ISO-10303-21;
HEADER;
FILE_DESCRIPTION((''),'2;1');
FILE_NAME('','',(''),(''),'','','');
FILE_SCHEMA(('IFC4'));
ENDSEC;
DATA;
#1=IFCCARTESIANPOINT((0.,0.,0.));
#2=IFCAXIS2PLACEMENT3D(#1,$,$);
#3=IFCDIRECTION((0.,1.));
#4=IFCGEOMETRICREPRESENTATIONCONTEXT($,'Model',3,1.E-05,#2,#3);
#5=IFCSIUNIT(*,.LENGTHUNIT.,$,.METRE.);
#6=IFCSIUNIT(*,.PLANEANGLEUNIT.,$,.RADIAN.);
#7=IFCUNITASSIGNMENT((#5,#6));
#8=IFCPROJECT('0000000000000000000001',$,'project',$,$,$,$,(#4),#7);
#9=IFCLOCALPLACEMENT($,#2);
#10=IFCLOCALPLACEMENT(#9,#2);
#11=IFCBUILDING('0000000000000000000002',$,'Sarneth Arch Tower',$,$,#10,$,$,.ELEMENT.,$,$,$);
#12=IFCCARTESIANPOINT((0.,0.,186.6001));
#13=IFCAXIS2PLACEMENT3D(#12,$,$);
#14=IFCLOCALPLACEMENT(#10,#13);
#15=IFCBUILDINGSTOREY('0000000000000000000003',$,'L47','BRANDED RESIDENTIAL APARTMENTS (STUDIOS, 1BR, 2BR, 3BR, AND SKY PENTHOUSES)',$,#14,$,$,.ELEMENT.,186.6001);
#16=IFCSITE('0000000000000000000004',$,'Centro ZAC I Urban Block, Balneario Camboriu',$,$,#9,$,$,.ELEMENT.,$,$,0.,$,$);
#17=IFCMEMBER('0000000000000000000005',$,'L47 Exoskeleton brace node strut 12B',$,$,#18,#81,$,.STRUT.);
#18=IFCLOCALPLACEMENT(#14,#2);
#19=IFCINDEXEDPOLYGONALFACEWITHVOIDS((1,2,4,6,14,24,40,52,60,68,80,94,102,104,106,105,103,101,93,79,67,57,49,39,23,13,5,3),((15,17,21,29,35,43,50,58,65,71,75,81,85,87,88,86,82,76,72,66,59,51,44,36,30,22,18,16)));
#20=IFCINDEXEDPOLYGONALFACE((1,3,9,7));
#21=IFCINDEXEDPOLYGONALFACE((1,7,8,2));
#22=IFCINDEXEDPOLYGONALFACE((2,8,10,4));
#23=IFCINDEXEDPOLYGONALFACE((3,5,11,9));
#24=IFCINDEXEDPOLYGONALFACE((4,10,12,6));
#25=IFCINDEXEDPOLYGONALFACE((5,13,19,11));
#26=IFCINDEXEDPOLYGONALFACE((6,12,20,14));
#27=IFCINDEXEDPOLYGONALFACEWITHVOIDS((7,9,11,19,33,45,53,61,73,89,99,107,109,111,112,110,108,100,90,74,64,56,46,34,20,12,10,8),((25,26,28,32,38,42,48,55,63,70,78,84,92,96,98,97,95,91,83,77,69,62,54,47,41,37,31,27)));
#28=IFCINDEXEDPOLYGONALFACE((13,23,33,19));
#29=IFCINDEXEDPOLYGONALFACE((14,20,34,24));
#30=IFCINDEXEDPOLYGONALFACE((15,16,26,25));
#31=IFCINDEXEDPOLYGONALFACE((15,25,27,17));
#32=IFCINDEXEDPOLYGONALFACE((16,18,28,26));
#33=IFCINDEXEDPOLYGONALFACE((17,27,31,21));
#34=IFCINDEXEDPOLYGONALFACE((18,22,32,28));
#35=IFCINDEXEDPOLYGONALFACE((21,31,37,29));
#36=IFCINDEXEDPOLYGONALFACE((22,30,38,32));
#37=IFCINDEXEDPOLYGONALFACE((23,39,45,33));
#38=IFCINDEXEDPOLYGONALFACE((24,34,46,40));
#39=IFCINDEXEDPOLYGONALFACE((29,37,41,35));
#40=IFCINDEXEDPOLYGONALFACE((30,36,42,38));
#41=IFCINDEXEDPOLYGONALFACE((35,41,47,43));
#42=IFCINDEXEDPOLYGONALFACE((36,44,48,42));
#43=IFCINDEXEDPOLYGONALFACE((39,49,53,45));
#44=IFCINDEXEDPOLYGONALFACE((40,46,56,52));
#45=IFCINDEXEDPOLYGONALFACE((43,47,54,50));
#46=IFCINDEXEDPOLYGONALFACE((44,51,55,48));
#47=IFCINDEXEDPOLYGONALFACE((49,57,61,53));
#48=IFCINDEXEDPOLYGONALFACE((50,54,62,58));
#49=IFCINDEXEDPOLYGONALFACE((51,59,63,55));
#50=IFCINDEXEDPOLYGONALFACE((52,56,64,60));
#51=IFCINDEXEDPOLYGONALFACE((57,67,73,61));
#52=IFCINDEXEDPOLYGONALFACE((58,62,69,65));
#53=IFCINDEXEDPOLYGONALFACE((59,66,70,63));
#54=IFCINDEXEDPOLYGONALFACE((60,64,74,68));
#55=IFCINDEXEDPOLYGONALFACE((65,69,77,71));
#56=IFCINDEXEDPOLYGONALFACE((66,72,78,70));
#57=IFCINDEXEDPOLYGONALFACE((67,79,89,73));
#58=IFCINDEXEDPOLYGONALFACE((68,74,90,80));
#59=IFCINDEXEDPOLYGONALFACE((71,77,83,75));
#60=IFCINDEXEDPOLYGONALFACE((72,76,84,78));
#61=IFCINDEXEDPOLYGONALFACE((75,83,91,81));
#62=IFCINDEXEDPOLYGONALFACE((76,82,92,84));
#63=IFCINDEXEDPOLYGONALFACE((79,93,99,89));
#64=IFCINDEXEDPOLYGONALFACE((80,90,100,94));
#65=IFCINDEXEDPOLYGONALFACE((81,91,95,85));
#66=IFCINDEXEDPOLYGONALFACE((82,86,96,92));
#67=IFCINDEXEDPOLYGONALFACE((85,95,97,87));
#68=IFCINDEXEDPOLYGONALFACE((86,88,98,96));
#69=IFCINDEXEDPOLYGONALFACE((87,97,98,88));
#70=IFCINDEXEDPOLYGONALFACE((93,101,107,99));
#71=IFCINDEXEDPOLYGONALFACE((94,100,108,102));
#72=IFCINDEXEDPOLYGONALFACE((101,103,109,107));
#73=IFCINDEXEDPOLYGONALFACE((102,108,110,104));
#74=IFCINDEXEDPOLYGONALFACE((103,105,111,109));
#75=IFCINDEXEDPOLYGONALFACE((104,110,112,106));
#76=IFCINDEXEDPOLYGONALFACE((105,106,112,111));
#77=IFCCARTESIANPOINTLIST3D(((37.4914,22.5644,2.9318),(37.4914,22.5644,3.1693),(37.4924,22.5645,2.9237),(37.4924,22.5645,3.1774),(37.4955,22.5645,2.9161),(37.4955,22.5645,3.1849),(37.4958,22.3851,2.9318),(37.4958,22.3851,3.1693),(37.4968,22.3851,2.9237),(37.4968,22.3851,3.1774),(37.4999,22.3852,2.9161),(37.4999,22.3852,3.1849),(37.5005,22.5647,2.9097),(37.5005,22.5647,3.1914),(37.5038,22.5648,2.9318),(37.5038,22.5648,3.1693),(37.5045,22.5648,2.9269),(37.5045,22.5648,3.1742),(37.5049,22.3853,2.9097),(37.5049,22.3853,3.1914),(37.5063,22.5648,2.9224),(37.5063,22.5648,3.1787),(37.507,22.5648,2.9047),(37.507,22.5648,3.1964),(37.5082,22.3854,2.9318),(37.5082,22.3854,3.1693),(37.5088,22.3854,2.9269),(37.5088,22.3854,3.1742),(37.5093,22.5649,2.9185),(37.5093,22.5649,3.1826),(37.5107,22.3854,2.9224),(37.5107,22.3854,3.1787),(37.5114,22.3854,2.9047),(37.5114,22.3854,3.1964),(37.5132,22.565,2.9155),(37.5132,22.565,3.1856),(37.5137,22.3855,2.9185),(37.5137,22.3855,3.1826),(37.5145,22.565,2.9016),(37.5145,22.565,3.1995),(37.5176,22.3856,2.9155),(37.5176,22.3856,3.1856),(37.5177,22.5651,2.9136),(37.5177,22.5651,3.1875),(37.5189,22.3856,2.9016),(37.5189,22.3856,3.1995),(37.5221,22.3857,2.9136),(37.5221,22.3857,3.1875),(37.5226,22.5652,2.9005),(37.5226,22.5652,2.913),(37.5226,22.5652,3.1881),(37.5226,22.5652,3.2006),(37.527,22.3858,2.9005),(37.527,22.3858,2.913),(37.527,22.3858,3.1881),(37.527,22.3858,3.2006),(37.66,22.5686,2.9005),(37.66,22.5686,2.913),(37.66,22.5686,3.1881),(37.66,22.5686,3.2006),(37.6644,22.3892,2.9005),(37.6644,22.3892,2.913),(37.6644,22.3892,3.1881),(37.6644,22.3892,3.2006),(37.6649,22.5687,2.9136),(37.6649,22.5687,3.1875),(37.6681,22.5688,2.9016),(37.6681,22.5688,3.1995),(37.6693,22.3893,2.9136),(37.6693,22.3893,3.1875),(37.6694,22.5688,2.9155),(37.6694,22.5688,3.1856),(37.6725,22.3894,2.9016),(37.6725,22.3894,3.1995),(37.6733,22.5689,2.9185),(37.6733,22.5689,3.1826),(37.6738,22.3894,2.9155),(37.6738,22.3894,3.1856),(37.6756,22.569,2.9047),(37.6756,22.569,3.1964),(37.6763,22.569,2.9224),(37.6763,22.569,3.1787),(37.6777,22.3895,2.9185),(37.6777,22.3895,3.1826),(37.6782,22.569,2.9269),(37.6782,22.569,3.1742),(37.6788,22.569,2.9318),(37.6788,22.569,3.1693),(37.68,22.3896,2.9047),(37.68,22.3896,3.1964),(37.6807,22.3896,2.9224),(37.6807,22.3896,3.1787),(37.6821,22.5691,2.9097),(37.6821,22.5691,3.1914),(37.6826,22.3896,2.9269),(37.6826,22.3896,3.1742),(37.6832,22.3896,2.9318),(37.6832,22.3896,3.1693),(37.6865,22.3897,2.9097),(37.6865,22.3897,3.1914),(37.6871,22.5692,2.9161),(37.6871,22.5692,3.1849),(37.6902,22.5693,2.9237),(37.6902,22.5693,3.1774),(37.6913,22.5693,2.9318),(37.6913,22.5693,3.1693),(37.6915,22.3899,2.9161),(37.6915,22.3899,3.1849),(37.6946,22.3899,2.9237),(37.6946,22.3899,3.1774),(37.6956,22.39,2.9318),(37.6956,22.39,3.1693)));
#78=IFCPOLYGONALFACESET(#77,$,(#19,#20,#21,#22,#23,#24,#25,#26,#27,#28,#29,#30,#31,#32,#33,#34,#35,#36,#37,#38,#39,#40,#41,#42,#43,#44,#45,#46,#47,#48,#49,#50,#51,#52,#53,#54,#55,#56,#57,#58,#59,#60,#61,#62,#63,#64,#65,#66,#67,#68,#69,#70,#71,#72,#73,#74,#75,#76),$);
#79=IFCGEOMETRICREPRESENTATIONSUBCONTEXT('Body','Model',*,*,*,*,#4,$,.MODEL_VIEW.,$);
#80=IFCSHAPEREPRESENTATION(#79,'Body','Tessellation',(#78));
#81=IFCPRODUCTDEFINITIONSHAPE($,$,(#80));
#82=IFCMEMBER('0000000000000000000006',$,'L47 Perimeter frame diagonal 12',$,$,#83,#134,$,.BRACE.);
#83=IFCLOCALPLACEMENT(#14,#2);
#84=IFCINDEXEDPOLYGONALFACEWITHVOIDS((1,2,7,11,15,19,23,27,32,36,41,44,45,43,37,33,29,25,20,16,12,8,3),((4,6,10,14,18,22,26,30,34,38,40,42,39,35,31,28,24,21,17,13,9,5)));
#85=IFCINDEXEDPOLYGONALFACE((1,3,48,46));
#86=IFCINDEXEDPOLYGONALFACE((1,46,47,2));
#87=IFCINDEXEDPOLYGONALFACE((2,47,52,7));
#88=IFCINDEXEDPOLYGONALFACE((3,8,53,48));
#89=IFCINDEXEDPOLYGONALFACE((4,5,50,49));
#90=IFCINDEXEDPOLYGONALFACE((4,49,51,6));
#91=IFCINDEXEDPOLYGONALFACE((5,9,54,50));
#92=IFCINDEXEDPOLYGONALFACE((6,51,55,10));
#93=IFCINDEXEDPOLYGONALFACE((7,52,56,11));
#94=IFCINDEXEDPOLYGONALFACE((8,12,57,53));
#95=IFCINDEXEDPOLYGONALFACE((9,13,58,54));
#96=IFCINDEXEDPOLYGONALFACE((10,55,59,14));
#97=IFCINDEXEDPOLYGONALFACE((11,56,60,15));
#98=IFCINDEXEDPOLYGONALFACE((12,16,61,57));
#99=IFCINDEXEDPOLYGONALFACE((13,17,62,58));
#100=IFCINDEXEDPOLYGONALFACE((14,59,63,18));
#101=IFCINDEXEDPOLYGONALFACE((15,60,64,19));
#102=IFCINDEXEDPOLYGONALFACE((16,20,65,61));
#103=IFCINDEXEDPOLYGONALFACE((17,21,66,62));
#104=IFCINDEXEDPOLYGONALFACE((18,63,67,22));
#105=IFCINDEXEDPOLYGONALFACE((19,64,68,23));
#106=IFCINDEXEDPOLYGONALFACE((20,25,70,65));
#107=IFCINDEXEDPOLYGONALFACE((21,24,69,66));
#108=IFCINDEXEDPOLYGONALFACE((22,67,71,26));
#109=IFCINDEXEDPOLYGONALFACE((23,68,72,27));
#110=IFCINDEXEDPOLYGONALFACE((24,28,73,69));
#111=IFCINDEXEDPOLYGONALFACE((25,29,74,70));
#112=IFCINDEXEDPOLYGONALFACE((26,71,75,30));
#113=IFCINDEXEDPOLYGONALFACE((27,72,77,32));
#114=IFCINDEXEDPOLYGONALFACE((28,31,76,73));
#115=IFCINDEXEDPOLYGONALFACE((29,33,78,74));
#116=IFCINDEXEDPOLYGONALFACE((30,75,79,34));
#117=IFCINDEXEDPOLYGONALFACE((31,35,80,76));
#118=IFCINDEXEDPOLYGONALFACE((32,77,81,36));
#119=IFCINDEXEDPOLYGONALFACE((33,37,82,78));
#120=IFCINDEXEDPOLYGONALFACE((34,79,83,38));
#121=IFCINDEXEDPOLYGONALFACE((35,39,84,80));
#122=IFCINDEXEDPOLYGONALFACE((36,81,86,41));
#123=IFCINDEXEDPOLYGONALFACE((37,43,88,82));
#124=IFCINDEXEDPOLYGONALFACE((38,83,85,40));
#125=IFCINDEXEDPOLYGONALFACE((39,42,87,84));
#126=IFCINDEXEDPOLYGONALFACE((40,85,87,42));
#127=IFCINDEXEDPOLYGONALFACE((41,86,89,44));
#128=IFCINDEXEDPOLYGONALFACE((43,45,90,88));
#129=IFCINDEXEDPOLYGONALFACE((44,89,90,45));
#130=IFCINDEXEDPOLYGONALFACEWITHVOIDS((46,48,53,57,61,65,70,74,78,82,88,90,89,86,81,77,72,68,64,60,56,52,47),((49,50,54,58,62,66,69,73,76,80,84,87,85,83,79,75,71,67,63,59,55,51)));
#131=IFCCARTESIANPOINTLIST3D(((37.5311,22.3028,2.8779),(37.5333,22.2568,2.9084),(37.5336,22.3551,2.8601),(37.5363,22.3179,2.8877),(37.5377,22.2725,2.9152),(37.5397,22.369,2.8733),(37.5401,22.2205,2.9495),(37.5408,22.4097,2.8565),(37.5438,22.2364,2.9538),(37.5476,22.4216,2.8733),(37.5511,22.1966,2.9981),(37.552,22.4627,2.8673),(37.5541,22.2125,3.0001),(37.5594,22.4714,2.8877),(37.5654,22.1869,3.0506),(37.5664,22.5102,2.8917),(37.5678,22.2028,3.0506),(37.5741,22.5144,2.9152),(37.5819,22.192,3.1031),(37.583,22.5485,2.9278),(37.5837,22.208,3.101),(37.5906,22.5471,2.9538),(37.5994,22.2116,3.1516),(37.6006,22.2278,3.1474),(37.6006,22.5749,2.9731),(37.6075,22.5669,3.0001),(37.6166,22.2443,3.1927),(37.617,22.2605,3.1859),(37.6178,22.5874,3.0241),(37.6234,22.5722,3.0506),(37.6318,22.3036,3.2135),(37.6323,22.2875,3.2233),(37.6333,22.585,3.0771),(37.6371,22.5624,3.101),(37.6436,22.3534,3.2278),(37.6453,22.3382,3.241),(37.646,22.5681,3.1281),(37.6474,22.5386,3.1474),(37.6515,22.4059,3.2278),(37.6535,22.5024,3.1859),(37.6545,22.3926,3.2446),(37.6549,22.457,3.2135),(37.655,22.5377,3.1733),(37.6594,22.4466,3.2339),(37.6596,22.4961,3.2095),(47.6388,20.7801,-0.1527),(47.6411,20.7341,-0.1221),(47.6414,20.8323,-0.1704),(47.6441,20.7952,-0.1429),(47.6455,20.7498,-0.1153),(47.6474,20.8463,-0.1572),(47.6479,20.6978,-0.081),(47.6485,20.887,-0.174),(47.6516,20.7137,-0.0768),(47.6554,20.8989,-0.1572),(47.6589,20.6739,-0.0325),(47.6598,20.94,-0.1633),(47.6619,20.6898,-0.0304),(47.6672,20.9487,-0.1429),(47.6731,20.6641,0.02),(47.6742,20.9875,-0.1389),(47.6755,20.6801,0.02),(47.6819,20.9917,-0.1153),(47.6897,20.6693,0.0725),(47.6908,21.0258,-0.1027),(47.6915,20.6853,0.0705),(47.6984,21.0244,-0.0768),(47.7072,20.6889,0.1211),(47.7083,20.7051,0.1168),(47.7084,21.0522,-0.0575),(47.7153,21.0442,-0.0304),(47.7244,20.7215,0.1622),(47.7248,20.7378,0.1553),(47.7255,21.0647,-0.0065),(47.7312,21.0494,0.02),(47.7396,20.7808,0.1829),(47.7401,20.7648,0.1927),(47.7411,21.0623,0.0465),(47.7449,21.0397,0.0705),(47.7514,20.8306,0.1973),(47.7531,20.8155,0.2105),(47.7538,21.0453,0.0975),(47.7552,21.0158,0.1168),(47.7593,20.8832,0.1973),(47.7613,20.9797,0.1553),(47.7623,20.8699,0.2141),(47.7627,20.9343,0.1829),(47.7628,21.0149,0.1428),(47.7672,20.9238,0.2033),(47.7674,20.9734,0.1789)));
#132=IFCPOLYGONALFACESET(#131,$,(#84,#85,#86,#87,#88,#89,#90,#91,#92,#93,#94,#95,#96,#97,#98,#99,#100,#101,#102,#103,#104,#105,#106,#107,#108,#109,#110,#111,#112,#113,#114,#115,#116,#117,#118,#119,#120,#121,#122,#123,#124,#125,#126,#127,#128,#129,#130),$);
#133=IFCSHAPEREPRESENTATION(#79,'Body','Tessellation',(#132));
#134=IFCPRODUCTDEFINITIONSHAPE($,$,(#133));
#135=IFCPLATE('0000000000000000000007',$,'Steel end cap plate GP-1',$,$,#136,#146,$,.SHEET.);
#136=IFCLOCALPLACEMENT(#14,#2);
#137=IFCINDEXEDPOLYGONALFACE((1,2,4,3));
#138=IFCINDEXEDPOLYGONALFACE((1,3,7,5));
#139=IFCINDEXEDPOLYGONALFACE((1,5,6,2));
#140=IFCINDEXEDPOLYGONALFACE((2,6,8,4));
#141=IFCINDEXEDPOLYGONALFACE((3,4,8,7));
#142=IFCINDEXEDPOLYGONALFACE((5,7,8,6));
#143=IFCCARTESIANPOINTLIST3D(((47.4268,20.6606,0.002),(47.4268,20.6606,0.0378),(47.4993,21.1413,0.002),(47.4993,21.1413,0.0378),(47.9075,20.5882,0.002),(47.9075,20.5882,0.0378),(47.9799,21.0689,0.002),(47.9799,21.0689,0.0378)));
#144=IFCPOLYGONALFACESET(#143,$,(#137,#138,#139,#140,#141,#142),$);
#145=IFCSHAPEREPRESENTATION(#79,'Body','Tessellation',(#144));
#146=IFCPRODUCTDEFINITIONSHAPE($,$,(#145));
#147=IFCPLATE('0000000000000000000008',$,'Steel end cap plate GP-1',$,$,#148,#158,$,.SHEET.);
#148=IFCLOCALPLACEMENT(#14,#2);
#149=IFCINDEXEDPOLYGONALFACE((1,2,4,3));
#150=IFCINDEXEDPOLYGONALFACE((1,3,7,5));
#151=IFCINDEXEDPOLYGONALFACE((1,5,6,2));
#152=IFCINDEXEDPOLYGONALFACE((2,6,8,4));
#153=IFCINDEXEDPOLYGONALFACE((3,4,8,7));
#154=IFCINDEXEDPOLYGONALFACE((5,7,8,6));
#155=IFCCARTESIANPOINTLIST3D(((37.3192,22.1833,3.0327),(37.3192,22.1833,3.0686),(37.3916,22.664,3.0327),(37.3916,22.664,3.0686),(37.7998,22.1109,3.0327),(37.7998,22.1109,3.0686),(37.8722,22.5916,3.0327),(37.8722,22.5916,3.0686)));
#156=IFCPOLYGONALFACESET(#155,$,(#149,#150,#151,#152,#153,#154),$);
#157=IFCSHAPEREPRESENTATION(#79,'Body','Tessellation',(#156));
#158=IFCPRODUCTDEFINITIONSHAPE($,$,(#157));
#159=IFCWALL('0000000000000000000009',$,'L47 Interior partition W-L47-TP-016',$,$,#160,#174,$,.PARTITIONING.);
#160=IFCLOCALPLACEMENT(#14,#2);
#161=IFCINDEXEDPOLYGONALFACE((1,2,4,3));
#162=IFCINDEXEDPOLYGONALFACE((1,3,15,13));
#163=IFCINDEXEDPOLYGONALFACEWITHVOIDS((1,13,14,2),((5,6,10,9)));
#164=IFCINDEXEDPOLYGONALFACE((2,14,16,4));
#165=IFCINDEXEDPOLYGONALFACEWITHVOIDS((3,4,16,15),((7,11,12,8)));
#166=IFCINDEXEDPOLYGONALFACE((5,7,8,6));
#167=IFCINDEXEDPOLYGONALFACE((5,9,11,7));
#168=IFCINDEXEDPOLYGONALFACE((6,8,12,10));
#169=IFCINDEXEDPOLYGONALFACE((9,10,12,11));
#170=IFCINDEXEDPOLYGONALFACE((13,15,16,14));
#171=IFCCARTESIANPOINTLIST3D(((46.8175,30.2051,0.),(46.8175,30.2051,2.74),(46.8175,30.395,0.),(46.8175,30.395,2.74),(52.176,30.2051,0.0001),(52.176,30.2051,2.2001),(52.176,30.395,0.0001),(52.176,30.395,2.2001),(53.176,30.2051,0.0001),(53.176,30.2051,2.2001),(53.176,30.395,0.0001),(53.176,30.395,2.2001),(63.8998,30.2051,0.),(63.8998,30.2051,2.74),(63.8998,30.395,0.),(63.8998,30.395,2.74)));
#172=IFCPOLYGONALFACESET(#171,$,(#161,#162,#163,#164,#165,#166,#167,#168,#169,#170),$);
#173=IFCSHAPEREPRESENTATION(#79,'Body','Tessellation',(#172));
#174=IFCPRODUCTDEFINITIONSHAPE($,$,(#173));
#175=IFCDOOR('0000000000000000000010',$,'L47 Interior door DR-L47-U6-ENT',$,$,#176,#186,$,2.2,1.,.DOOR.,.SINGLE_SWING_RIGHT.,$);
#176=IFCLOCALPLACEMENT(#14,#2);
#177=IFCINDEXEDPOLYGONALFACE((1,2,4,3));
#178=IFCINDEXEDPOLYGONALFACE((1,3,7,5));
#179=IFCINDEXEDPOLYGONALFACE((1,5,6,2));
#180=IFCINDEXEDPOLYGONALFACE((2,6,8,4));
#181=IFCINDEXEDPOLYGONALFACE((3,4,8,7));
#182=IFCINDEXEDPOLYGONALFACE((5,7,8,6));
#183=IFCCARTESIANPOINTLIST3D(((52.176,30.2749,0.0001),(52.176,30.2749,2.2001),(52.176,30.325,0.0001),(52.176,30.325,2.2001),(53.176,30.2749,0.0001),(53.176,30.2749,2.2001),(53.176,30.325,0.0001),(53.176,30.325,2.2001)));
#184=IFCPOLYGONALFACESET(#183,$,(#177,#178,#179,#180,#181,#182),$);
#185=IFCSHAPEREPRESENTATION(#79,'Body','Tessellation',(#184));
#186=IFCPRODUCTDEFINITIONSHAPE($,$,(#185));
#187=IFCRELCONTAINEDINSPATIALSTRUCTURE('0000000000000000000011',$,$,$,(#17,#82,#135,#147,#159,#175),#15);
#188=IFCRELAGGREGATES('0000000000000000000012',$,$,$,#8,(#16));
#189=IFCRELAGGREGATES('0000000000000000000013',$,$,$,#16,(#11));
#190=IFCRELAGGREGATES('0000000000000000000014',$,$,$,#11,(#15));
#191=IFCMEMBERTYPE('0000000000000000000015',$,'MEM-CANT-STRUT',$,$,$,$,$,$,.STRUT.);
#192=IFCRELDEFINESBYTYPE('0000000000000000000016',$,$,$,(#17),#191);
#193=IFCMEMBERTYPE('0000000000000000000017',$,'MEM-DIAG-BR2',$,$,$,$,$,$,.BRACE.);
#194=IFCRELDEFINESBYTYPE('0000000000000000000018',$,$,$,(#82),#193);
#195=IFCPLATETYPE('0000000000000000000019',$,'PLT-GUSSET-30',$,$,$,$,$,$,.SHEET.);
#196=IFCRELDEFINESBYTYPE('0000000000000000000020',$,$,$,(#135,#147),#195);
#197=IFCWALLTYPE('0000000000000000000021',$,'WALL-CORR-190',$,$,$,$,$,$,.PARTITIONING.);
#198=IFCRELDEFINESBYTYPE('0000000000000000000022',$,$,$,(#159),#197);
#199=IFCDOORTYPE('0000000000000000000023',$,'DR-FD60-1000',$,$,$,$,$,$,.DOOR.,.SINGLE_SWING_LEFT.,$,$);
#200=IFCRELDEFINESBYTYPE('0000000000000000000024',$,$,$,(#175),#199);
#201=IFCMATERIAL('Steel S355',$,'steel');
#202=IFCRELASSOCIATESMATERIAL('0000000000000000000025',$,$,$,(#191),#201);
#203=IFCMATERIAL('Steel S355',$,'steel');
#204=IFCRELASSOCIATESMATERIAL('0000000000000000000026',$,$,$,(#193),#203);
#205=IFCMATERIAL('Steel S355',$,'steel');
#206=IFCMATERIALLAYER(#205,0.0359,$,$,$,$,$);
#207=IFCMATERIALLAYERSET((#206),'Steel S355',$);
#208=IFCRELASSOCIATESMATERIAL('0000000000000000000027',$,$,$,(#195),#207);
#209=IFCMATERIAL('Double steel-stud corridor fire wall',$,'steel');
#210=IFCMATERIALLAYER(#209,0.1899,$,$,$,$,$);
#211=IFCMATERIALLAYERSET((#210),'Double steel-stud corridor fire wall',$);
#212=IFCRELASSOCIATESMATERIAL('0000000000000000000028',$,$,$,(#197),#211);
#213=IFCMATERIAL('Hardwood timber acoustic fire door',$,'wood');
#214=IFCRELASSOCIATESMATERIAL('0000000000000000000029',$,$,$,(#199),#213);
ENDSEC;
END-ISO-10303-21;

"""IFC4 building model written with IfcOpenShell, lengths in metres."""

from ifc_helpers import new_model, si_unit, direction, frame, frame_2d, origin, origin_2d, place, context, subcontext, project, spatial, rectangle, hollow_rectangle, hollow_circle, extrude, material, layer, layer_set, material_profile, profile_set, type_object, element, fill, save


model = new_model("IFC4")

# Units and contexts
model_context = context("Model", 3, precision=1e-05, world=origin(), true_north=direction((0.0, 1.0)))
body_context = subcontext(model_context, "Body", "Model", "MODEL_VIEW")
ifc_project = project(units=[si_unit("LENGTHUNIT", "METRE"), si_unit("PLANEANGLEUNIT", "RADIAN")], contexts=[model_context])

# Site, building, storey
site_placement = place(None, origin())
site = spatial("IfcSite", under=ifc_project, at=site_placement, Name="Centro ZAC I Urban Block, Balneario Camboriu", CompositionType="ELEMENT", RefElevation=0.0)
building_placement = place(site_placement, origin())
building = spatial("IfcBuilding", under=site, at=building_placement, Name="Sarneth Arch Tower", CompositionType="ELEMENT")
storey_placement = place(building_placement, frame((0.0, 0.0, 186.6001)))
storey = spatial("IfcBuildingStorey", under=building, at=storey_placement, Name="L47", Description="BRANDED RESIDENTIAL APARTMENTS (STUDIOS, 1BR, 2BR, 3BR, AND SKY PENTHOUSES)", CompositionType="ELEMENT", Elevation=186.6001)

# Members
ifc_material_1 = material(Name="Steel S355", Category="steel")
ifc_material_profile_1 = material_profile(ifc_material_1, hollow_rectangle(XDim=0.2, YDim=0.3, WallThickness=0.0125, InnerFilletRadius=0.0188, OuterFilletRadius=0.0312, at=origin_2d()), Name="RHS300x200x12.5")
ifc_profile_set_1 = profile_set([ifc_material_profile_1], Name="Steel S355")
member_type_1 = type_object("IfcMemberType", Name="MEM-CANT-STRUT", PredefinedType="STRUT", material=ifc_profile_set_1)
member_1_placement = place(storey_placement, frame((37.5913, 22.5669, 3.0505), z_axis=(0.024482, -0.9997, 0.0), x_axis=(0.9997, 0.024482, 0.0)))
element("IfcMember", 1, at=member_1_placement, inside=storey, type_object=member_type_1, Name="L47 Exoskeleton brace node strut 12B", PredefinedType="STRUT", context=body_context, shape_type="SweptSolid", body=[
    extrude(hollow_rectangle(XDim=0.2, YDim=0.3, WallThickness=0.0125, InnerFilletRadius=0.0188, OuterFilletRadius=0.0312, at=origin_2d()), origin(), (0.0, 0.0, 1.0), 0.1794),
])
ifc_material_2 = material(Name="Steel S355", Category="steel")
ifc_material_profile_2 = material_profile(ifc_material_2, hollow_circle(Radius=0.2029, WallThickness=0.0161, at=origin_2d()), Name="CHS406x16")
ifc_profile_set_2 = profile_set([ifc_material_profile_2], Name="Steel S355")
member_type_2 = type_object("IfcMemberType", Name="MEM-DIAG-BR2", PredefinedType="BRACE", material=ifc_profile_set_2)
member_2_placement = place(storey_placement, frame((47.7034, 20.8647, 0.02), z_axis=(-0.948053, 0.142823, 0.284249), x_axis=(-0.148968, -0.988842, 0.0)))
element("IfcMember", 2, at=member_2_placement, inside=storey, type_object=member_type_2, Name="L47 Perimeter frame diagonal 12", PredefinedType="BRACE", context=body_context, shape_type="SweptSolid", body=[
    extrude(hollow_circle(Radius=0.2029, WallThickness=0.0161, at=origin_2d()), origin(), (0.0, 0.0, 1.0), 10.6616),
])

# Plates
ifc_material_3 = material(Name="Steel S355", Category="steel")
ifc_layer_1 = layer(ifc_material_3, 0.0359)
ifc_layer_set_1 = layer_set([ifc_layer_1], Name="Steel S355")
plate_type = type_object("IfcPlateType", Name="PLT-GUSSET-30", PredefinedType="SHEET", material=ifc_layer_set_1)
for number, where, z_axis, x_axis, name in (
    (3, (47.7034, 20.8647, 0.002), (0.0, 0.0, 1.0), (0.988835, -0.149018, 0.0), "Steel end cap plate GP-1"),
    (4, (37.5957, 22.3875, 3.0327), (0.0, 0.0, 1.0), (0.988835, -0.149018, 0.0), "Steel end cap plate GP-1"),
):
    element("IfcPlate", number, at=place(storey_placement, frame(where, z_axis=z_axis, x_axis=x_axis)), inside=storey, type_object=plate_type, Name=name, PredefinedType="SHEET", context=body_context, shape_type="SweptSolid", body=[
        extrude(rectangle(XDim=0.4861, YDim=0.4861, at=origin_2d()), origin(), (0.0, 0.0, 1.0), 0.0359),
    ])

# Wall, opening, door
ifc_material_4 = material(Name="Double steel-stud corridor fire wall", Category="steel")
ifc_layer_2 = layer(ifc_material_4, 0.1899)
ifc_layer_set_2 = layer_set([ifc_layer_2], Name="Double steel-stud corridor fire wall")
wall_type_1 = type_object("IfcWallType", Name="WALL-CORR-190", PredefinedType="PARTITIONING", material=ifc_layer_set_2)
wall_1_placement = place(storey_placement, frame((46.8176, 30.3, 0.0), z_axis=(0.0, 0.0, 1.0), x_axis=(1.0, 0.0, 0.0)))
wall_1 = element("IfcWall", 5, at=wall_1_placement, inside=storey, type_object=wall_type_1, Name="L47 Interior partition W-L47-TP-016", PredefinedType="PARTITIONING", context=body_context, shape_type="SweptSolid", body=[
    extrude(rectangle(XDim=17.0823, YDim=0.1899, at=frame_2d((8.541, 0.0))), origin(), (0.0, 0.0, 1.0), 2.74),
])
opening_1_placement = place(wall_1_placement, frame((5.3584, 0.0, 0.0)))
opening_1 = element("IfcOpeningElement", 6, at=opening_1_placement, cuts=wall_1, PredefinedType="OPENING", context=body_context, shape_type="SweptSolid", body=[
    extrude(rectangle(XDim=1.0, YDim=2.2, at=frame_2d((0.5, 1.1001))), frame((0.0, 0.105, 0.0), z_axis=(0.0, -1.0, 0.0), x_axis=(1.0, 0.0, 0.0)), (0.0, 0.0, 1.0), 0.21),
])
ifc_material_5 = material(Name="Hardwood timber acoustic fire door", Category="wood")
door_type_1 = type_object("IfcDoorType", Name="DR-FD60-1000", OperationType="SINGLE_SWING_LEFT", PredefinedType="DOOR", material=ifc_material_5)
door_1_placement = place(opening_1_placement, origin())
door_1 = element("IfcDoor", 7, at=door_1_placement, inside=storey, type_object=door_type_1, Name="L47 Interior door DR-L47-U6-ENT", OperationType="SINGLE_SWING_RIGHT", OverallHeight=2.2, OverallWidth=1.0, PredefinedType="DOOR", context=body_context, shape_type="SweptSolid", body=[
    extrude(rectangle(XDim=1.0, YDim=2.2, at=frame_2d((0.5, 1.1001))), frame((0.0, 0.0249, 0.0), z_axis=(0.0, -1.0, 0.0), x_axis=(1.0, 0.0, 0.0)), (0.0, 0.0, 1.0), 0.05),
])
fill(opening_1, door_1)

save(model, "model.ifc")
